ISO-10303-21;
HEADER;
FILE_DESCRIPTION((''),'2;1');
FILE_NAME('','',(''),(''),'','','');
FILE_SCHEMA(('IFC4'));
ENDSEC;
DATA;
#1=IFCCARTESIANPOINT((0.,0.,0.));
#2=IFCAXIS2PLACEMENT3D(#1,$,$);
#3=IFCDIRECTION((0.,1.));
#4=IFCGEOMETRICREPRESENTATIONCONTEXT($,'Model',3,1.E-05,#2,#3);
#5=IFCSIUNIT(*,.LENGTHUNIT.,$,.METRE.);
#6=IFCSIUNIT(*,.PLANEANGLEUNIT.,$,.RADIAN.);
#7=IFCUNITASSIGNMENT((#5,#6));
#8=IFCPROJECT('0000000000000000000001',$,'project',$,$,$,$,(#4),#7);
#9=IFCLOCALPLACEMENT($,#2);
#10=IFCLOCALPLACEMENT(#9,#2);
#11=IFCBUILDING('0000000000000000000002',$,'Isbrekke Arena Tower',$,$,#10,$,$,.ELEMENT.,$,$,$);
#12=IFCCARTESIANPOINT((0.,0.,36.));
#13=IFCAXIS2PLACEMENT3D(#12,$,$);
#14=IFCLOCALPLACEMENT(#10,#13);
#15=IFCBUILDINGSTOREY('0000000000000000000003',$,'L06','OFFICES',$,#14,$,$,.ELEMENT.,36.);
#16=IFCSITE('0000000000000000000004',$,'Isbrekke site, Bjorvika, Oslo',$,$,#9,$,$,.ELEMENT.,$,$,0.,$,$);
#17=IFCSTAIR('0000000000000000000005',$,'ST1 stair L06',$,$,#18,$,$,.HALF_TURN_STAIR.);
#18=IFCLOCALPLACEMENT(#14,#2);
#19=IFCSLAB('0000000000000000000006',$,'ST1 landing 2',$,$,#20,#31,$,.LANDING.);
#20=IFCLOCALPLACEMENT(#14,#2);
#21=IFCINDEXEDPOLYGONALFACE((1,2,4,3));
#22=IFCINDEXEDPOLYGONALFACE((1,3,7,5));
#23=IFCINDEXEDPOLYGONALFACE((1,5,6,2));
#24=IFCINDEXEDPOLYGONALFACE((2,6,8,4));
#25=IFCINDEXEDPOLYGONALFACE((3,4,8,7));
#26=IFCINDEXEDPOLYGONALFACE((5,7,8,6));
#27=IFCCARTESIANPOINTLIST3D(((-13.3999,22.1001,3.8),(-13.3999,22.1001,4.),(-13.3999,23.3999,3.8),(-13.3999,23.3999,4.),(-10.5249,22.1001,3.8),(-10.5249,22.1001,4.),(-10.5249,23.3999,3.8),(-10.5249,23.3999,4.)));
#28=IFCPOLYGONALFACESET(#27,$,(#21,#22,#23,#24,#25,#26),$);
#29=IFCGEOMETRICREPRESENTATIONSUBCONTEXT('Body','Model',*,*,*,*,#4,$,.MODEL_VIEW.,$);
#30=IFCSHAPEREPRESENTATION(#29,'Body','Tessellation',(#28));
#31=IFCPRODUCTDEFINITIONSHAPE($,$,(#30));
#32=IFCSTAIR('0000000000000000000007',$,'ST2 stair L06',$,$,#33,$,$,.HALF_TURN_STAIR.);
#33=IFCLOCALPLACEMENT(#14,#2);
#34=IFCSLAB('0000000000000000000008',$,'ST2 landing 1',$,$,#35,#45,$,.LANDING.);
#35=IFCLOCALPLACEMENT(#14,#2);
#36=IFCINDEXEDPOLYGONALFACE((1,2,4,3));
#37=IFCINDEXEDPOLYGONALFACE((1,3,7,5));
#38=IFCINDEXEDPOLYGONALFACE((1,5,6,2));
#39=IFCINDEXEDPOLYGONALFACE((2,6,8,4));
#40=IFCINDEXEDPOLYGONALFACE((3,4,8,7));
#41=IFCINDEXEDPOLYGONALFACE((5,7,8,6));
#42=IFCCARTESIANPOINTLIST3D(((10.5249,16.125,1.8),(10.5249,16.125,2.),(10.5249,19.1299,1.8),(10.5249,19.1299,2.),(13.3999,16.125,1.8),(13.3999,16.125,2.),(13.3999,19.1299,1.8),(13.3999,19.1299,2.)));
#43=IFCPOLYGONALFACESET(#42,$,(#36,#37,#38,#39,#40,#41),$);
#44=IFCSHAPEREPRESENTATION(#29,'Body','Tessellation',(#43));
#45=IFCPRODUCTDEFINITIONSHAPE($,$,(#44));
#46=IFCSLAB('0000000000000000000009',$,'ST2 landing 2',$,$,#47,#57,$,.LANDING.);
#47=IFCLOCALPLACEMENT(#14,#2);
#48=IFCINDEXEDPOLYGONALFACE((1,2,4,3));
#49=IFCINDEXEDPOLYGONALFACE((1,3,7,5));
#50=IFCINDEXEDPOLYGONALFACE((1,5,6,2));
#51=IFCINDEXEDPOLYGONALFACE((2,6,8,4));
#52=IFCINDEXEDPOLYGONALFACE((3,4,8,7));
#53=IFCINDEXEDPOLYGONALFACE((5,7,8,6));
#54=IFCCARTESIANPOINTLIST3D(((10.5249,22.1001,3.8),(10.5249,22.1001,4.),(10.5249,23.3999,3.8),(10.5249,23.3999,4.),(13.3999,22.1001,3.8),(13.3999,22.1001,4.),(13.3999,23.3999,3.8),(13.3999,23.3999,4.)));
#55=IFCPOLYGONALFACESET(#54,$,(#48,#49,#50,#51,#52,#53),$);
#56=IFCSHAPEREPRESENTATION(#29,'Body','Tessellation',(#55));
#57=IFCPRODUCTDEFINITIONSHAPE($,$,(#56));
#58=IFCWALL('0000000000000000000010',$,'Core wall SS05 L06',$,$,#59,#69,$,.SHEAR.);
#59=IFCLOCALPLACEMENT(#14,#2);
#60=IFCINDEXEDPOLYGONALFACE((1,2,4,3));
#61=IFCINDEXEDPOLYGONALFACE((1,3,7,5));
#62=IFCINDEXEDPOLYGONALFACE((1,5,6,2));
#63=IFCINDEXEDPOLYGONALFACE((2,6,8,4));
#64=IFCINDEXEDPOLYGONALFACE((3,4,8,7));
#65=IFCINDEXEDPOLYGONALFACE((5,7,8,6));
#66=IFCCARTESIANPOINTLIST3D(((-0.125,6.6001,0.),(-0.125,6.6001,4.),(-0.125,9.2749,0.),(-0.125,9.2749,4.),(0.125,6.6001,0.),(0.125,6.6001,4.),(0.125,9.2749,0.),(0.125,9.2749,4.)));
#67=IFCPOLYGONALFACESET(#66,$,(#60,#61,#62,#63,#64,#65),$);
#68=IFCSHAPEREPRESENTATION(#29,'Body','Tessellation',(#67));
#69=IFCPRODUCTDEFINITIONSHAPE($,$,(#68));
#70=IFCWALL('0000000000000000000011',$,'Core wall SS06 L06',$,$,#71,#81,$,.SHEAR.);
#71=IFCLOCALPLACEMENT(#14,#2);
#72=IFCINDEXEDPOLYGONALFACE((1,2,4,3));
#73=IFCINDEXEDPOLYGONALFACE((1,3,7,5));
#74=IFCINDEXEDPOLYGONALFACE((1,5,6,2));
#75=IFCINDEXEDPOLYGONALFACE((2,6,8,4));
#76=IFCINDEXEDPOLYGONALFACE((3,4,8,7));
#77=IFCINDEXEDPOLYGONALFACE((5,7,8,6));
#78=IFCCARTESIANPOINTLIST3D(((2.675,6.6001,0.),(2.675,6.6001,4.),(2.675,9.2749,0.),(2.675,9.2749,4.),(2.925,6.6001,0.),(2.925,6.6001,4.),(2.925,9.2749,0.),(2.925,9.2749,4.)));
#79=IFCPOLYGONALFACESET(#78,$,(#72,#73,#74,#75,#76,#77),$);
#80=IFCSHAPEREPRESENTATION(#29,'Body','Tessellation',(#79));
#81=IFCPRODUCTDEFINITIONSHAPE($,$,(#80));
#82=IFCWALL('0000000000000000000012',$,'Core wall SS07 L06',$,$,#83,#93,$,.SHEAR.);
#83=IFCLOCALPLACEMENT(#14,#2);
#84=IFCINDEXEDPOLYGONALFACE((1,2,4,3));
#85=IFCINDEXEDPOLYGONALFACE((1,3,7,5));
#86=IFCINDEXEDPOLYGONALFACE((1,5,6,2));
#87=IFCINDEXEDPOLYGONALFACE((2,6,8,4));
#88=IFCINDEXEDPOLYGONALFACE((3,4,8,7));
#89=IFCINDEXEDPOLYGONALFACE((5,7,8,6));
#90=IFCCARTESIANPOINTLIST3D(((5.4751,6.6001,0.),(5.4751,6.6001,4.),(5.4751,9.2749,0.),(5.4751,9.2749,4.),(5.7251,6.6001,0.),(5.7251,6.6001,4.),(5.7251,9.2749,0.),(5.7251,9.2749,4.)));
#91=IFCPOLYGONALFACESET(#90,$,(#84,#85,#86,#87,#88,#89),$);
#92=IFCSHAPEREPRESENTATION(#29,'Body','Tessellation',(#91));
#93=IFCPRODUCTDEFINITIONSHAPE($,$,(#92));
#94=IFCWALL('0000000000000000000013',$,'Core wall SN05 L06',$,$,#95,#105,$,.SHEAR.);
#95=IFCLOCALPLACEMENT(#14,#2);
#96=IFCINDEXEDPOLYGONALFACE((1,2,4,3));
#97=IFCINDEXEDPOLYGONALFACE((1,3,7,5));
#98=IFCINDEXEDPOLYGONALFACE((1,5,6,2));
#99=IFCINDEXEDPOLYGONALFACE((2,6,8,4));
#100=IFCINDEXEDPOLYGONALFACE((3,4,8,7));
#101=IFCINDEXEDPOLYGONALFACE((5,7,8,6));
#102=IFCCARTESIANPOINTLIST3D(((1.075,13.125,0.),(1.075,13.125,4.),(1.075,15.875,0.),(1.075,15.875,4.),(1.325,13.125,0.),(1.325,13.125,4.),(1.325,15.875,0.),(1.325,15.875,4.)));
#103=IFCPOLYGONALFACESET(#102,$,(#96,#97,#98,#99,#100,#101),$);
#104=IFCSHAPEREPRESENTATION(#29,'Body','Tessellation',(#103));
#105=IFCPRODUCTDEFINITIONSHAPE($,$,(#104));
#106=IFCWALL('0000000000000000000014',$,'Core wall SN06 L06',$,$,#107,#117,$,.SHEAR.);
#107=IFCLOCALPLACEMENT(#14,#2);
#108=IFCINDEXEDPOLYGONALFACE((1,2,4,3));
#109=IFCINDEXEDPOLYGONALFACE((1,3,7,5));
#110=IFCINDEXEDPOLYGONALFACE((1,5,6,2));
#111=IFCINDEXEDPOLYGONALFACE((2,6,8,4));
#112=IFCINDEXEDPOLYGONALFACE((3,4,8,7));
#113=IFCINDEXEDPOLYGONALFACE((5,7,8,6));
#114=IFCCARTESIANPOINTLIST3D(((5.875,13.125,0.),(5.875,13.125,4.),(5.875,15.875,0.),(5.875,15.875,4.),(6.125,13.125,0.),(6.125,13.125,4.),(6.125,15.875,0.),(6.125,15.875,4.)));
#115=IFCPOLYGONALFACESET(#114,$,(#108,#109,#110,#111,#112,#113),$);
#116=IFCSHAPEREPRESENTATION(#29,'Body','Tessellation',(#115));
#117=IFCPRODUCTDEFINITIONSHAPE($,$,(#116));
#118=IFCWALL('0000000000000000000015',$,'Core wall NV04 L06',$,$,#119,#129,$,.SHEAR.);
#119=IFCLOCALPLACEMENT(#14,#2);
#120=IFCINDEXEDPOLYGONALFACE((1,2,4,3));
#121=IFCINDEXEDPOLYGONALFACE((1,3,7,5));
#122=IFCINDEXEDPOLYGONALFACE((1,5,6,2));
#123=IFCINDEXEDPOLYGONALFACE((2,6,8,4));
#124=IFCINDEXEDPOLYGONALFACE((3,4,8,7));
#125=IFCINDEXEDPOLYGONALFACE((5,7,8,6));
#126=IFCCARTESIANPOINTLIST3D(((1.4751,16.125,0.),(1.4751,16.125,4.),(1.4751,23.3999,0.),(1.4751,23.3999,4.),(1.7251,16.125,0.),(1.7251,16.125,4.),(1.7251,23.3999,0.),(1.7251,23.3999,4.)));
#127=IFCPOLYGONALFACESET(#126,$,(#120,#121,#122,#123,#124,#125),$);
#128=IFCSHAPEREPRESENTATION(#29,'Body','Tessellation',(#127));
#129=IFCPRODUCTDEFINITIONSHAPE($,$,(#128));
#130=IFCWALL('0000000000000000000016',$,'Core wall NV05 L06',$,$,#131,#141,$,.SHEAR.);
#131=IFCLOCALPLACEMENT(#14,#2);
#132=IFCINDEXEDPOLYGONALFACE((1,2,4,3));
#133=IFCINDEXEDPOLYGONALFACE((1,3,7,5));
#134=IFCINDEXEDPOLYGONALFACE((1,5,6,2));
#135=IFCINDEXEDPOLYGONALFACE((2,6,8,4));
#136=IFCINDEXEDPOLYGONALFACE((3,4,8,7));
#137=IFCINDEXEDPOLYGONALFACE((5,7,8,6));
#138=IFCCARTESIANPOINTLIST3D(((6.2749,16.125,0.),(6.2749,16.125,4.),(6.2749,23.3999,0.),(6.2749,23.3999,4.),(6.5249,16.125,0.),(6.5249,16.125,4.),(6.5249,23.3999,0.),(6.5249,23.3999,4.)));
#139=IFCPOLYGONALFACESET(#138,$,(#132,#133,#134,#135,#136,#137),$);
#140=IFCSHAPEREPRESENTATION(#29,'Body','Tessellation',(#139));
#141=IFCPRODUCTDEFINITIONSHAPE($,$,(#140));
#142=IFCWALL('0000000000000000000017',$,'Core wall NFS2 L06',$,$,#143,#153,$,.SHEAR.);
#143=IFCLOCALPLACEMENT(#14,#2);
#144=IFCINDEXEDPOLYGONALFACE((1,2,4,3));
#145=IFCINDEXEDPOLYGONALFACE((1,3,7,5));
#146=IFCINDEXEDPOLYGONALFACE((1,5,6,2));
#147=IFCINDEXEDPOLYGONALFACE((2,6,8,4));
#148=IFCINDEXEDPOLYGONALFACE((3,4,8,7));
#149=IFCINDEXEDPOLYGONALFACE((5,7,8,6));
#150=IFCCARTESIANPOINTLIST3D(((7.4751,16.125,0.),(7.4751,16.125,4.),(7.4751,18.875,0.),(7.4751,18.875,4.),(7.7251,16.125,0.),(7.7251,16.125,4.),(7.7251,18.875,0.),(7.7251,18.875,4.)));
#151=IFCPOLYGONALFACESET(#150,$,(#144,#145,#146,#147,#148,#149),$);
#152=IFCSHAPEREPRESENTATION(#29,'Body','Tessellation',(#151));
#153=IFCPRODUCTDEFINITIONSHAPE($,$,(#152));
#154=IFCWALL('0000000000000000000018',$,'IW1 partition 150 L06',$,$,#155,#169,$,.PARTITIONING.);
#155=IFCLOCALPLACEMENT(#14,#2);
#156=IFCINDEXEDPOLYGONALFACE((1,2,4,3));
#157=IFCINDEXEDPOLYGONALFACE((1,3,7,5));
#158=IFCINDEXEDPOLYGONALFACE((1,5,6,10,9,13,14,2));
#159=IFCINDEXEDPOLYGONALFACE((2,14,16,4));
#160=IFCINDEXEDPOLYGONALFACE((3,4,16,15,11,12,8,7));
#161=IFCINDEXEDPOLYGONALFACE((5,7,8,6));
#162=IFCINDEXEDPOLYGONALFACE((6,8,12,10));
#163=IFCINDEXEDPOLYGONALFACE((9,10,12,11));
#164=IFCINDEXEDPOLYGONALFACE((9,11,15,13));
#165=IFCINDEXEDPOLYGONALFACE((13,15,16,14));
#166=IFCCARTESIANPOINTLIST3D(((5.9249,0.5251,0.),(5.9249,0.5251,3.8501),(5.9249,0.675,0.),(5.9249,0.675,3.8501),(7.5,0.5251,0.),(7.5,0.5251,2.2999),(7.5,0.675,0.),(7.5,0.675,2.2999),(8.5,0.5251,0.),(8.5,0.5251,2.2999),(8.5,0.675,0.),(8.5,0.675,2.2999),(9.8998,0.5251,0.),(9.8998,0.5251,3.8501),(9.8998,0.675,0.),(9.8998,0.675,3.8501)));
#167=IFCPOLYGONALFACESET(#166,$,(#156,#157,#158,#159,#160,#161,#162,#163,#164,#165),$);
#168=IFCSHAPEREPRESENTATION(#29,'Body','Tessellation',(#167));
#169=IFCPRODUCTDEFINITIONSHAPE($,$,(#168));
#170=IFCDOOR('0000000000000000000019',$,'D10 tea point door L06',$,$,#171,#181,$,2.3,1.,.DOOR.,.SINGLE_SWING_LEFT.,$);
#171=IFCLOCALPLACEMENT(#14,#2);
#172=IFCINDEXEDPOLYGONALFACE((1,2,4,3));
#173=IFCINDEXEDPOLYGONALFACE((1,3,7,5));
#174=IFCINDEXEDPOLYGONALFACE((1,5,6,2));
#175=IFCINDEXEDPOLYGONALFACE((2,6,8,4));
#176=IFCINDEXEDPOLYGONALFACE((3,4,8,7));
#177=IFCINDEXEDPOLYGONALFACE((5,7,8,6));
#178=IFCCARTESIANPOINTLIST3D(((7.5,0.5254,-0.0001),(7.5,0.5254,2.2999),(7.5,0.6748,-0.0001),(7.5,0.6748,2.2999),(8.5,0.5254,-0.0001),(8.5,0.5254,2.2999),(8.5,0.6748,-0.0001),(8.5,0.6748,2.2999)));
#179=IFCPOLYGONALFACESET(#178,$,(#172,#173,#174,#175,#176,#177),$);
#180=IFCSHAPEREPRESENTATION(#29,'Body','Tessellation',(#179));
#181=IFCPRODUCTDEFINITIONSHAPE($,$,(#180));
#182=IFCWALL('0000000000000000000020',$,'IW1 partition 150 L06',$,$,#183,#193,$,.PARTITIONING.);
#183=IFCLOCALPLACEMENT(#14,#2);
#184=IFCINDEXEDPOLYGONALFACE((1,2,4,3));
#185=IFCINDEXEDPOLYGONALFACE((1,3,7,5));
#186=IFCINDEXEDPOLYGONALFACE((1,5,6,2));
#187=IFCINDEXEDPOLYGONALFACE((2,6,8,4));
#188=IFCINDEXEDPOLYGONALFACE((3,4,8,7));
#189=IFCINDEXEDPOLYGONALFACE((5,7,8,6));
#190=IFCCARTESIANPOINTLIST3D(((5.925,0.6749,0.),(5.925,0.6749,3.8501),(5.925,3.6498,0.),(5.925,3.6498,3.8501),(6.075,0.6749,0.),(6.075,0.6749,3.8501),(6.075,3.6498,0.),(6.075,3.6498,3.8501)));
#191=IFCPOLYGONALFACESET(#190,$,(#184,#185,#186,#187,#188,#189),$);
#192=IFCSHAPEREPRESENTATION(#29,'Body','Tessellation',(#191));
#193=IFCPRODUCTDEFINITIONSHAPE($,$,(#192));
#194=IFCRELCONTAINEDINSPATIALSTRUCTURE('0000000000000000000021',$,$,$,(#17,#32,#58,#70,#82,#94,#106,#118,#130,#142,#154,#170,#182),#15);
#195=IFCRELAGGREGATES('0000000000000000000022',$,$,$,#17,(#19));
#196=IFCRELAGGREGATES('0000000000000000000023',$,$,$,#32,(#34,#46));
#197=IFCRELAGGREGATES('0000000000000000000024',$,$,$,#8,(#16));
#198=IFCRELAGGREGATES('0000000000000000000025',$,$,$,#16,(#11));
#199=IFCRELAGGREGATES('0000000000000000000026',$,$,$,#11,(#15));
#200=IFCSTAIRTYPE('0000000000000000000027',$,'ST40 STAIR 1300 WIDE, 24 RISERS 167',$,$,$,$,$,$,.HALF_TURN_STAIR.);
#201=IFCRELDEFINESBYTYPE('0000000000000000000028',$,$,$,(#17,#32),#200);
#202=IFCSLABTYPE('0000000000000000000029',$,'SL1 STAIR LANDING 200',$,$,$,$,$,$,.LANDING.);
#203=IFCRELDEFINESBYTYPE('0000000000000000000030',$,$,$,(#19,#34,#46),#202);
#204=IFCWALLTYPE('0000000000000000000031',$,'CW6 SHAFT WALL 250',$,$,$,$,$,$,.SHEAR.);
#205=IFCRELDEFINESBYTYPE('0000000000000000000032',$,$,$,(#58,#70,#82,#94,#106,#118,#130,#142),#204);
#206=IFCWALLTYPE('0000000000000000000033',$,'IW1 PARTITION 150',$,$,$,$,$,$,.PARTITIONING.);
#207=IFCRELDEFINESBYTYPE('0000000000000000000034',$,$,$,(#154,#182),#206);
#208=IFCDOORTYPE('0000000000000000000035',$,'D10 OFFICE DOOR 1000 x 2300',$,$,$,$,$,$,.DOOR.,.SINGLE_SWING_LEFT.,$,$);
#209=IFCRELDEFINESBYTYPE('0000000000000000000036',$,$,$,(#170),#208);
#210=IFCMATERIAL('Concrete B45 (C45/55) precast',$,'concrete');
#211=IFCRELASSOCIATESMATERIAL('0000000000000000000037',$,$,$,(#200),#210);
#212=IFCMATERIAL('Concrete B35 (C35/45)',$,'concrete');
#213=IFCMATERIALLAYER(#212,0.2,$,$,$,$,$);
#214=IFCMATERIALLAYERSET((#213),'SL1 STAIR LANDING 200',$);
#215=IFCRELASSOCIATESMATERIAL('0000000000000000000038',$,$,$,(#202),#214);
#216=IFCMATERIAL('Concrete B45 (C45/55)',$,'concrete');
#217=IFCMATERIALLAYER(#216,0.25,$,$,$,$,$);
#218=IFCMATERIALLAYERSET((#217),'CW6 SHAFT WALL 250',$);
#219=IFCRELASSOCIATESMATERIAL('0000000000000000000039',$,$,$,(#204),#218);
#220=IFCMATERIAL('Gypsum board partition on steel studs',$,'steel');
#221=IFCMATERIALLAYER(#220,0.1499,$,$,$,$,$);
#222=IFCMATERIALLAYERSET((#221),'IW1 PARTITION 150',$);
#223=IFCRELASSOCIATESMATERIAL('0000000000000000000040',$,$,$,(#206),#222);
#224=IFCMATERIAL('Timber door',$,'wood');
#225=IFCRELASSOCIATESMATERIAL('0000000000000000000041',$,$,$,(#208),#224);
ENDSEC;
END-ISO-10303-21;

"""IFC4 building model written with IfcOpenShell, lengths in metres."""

from ifc_helpers import new_model, si_unit, direction, frame, frame_2d, origin, place, context, subcontext, project, spatial, polyline, rectangle, outline, extrude, material, layer, layer_set, type_object, element, fill, aggregate, save


model = new_model("IFC4")

# Units and contexts
model_context = context("Model", 3, precision=1e-05, world=origin(), true_north=direction((0.0, 1.0)))
body_context = subcontext(model_context, "Body", "Model", "MODEL_VIEW")
ifc_project = project(units=[si_unit("LENGTHUNIT", "METRE"), si_unit("PLANEANGLEUNIT", "RADIAN")], contexts=[model_context])

# Site, building, storey
site_placement = place(None, origin())
site = spatial("IfcSite", under=ifc_project, at=site_placement, Name="Isbrekke site, Bjorvika, Oslo", CompositionType="ELEMENT", RefElevation=0.0)
building_placement = place(site_placement, origin())
building = spatial("IfcBuilding", under=site, at=building_placement, Name="Isbrekke Arena Tower", CompositionType="ELEMENT")
storey_placement = place(building_placement, frame((0.0, 0.0, 36.0)))
storey = spatial("IfcBuildingStorey", under=building, at=storey_placement, Name="L06", Description="OFFICES", CompositionType="ELEMENT", Elevation=36.0)

# Stair, slab
ifc_material_1 = material(Name="Concrete B45 (C45/55) precast", Category="concrete")
stair_type = type_object("IfcStairType", Name="ST40 STAIR 1300 WIDE, 24 RISERS 167", PredefinedType="HALF_TURN_STAIR", material=ifc_material_1)
stair_1_placement = place(storey_placement, origin())
stair_1 = element("IfcStair", 1, at=stair_1_placement, inside=storey, type_object=stair_type, Name="ST1 stair L06", PredefinedType="HALF_TURN_STAIR")
ifc_material_2 = material(Name="Concrete B35 (C35/45)", Category="concrete")
ifc_layer_1 = layer(ifc_material_2, 0.2)
ifc_layer_set_1 = layer_set([ifc_layer_1], Name="SL1 STAIR LANDING 200")
slab_type = type_object("IfcSlabType", Name="SL1 STAIR LANDING 200", PredefinedType="LANDING", material=ifc_layer_set_1)
slab_1_placement = place(storey_placement, frame((0.0, 0.0, 3.8)))
slab_1 = element("IfcSlab", 2, at=slab_1_placement, type_object=slab_type, Name="ST1 landing 2", PredefinedType="LANDING", context=body_context, shape_type="SweptSolid", body=[
    extrude(outline(polyline([(-13.3999, 22.1001), (-10.5249, 22.1001), (-10.5249, 23.3999), (-13.3999, 23.3999), (-13.3999, 22.1001)])), origin(), (0.0, 0.0, 1.0), 0.2),
])
aggregate(stair_1, [slab_1])

# Stair, slabs
stair_2_placement = place(storey_placement, origin())
stair_2 = element("IfcStair", 3, at=stair_2_placement, inside=storey, type_object=stair_type, Name="ST2 stair L06", PredefinedType="HALF_TURN_STAIR")
slab_2_placement = place(storey_placement, frame((0.0, 0.0, 1.8)))
slab_2 = element("IfcSlab", 4, at=slab_2_placement, type_object=slab_type, Name="ST2 landing 1", PredefinedType="LANDING", context=body_context, shape_type="SweptSolid", body=[
    extrude(outline(polyline([(10.5249, 16.125), (13.3999, 16.125), (13.3999, 19.1299), (10.5249, 19.1299), (10.5249, 16.125)])), origin(), (0.0, 0.0, 1.0), 0.2),
])
slab_3_placement = place(storey_placement, frame((0.0, 0.0, 3.8)))
slab_3 = element("IfcSlab", 5, at=slab_3_placement, type_object=slab_type, Name="ST2 landing 2", PredefinedType="LANDING", context=body_context, shape_type="SweptSolid", body=[
    extrude(outline(polyline([(10.5249, 22.1001), (13.3999, 22.1001), (13.3999, 23.3999), (10.5249, 23.3999), (10.5249, 22.1001)])), origin(), (0.0, 0.0, 1.0), 0.2),
])
aggregate(stair_2, [slab_2, slab_3])

# Walls
ifc_material_3 = material(Name="Concrete B45 (C45/55)", Category="concrete")
ifc_layer_2 = layer(ifc_material_3, 0.25)
ifc_layer_set_2 = layer_set([ifc_layer_2], Name="CW6 SHAFT WALL 250")
wall_type_1 = type_object("IfcWallType", Name="CW6 SHAFT WALL 250", PredefinedType="SHEAR", material=ifc_layer_set_2)
for number, where, z_axis, x_axis, name in (
    (6, (0.0, 6.6001, 0.0), (0.0, 0.0, 1.0), (0.0, 1.0, 0.0), "Core wall SS05 L06"),
    (7, (2.8, 6.6001, 0.0), (0.0, 0.0, 1.0), (0.0, 1.0, 0.0), "Core wall SS06 L06"),
    (8, (5.6001, 6.6001, 0.0), (0.0, 0.0, 1.0), (0.0, 1.0, 0.0), "Core wall SS07 L06"),
):
    element("IfcWall", number, at=place(storey_placement, frame(where, z_axis=z_axis, x_axis=x_axis)), inside=storey, type_object=wall_type_1, Name=name, PredefinedType="SHEAR", context=body_context, shape_type="SweptSolid", body=[
        extrude(rectangle(XDim=2.6748, YDim=0.25, at=frame_2d((1.3374, 0.0))), origin(), (0.0, 0.0, 1.0), 4.0),
    ])
for number, where, z_axis, x_axis, name in (
    (9, (1.2, 13.125, 0.0), (0.0, 0.0, 1.0), (0.0, 1.0, 0.0), "Core wall SN05 L06"),
    (10, (6.0, 13.125, 0.0), (0.0, 0.0, 1.0), (0.0, 1.0, 0.0), "Core wall SN06 L06"),
):
    element("IfcWall", number, at=place(storey_placement, frame(where, z_axis=z_axis, x_axis=x_axis)), inside=storey, type_object=wall_type_1, Name=name, PredefinedType="SHEAR", context=body_context, shape_type="SweptSolid", body=[
        extrude(rectangle(XDim=2.75, YDim=0.25, at=frame_2d((1.375, 0.0))), origin(), (0.0, 0.0, 1.0), 4.0),
    ])
for number, where, z_axis, x_axis, name in (
    (11, (1.6001, 16.125, 0.0), (0.0, 0.0, 1.0), (0.0, 1.0, 0.0), "Core wall NV04 L06"),
    (12, (6.3999, 16.125, 0.0), (0.0, 0.0, 1.0), (0.0, 1.0, 0.0), "Core wall NV05 L06"),
):
    element("IfcWall", number, at=place(storey_placement, frame(where, z_axis=z_axis, x_axis=x_axis)), inside=storey, type_object=wall_type_1, Name=name, PredefinedType="SHEAR", context=body_context, shape_type="SweptSolid", body=[
        extrude(rectangle(XDim=7.2749, YDim=0.25, at=frame_2d((3.6375, 0.0))), origin(), (0.0, 0.0, 1.0), 4.0),
    ])
wall_1_placement = place(storey_placement, frame((7.6001, 16.125, 0.0), z_axis=(0.0, 0.0, 1.0), x_axis=(0.0, 1.0, 0.0)))
element("IfcWall", 13, at=wall_1_placement, inside=storey, type_object=wall_type_1, Name="Core wall NFS2 L06", PredefinedType="SHEAR", context=body_context, shape_type="SweptSolid", body=[
    extrude(rectangle(XDim=2.75, YDim=0.25, at=frame_2d((1.375, 0.0))), origin(), (0.0, 0.0, 1.0), 4.0),
])

# Wall, opening, door
ifc_material_4 = material(Name="Gypsum board partition on steel studs", Category="steel")
ifc_layer_3 = layer(ifc_material_4, 0.1499)
ifc_layer_set_3 = layer_set([ifc_layer_3], Name="IW1 PARTITION 150")
wall_type_2 = type_object("IfcWallType", Name="IW1 PARTITION 150", PredefinedType="PARTITIONING", material=ifc_layer_set_3)
wall_2_placement = place(storey_placement, frame((5.925, 0.6001, 0.0), z_axis=(0.0, 0.0, 1.0), x_axis=(1.0, 0.0, 0.0)))
wall_2 = element("IfcWall", 14, at=wall_2_placement, inside=storey, type_object=wall_type_2, Name="IW1 partition 150 L06", PredefinedType="PARTITIONING", context=body_context, shape_type="SweptSolid", body=[
    extrude(rectangle(XDim=3.9749, YDim=0.1499, at=frame_2d((1.9873, 0.0))), origin(), (0.0, 0.0, 1.0), 3.8501),
])
opening_placement = place(wall_2_placement, frame((1.575, 0.0, 0.0)))
opening = element("IfcOpeningElement", 15, at=opening_placement, cuts=wall_2, PredefinedType="OPENING", context=body_context, shape_type="SweptSolid", body=[
    extrude(rectangle(XDim=1.0, YDim=2.3, at=frame_2d((0.5, 1.1499))), frame((0.0, 0.0898, 0.0), z_axis=(0.0, -1.0, 0.0), x_axis=(1.0, 0.0, 0.0)), (0.0, 0.0, 1.0), 0.1797),
])
ifc_material_5 = material(Name="Timber door", Category="wood")
door_type = type_object("IfcDoorType", Name="D10 OFFICE DOOR 1000 x 2300", OperationType="SINGLE_SWING_LEFT", PredefinedType="DOOR", material=ifc_material_5)
door_placement = place(opening_placement, origin())
door = element("IfcDoor", 16, at=door_placement, inside=storey, type_object=door_type, Name="D10 tea point door L06", OperationType="SINGLE_SWING_LEFT", OverallHeight=2.3, OverallWidth=1.0, PredefinedType="DOOR", context=body_context, shape_type="SweptSolid", body=[
    extrude(rectangle(XDim=1.0, YDim=2.3, at=frame_2d((0.5, 1.1499))), frame((0.0, 0.0747, 0.0), z_axis=(0.0, -1.0, 0.0), x_axis=(1.0, 0.0, 0.0)), (0.0, 0.0, 1.0), 0.1494),
])
fill(opening, door)

# Wall
wall_3_placement = place(storey_placement, frame((6.0, 0.675, 0.0), z_axis=(0.0, 0.0, 1.0), x_axis=(0.0, 1.0, 0.0)))
element("IfcWall", 17, at=wall_3_placement, inside=storey, type_object=wall_type_2, Name="IW1 partition 150 L06", PredefinedType="PARTITIONING", context=body_context, shape_type="SweptSolid", body=[
    extrude(rectangle(XDim=2.9749, YDim=0.1499, at=frame_2d((1.4873, 0.0))), origin(), (0.0, 0.0, 1.0), 3.8501),
])

save(model, "model.ifc")
